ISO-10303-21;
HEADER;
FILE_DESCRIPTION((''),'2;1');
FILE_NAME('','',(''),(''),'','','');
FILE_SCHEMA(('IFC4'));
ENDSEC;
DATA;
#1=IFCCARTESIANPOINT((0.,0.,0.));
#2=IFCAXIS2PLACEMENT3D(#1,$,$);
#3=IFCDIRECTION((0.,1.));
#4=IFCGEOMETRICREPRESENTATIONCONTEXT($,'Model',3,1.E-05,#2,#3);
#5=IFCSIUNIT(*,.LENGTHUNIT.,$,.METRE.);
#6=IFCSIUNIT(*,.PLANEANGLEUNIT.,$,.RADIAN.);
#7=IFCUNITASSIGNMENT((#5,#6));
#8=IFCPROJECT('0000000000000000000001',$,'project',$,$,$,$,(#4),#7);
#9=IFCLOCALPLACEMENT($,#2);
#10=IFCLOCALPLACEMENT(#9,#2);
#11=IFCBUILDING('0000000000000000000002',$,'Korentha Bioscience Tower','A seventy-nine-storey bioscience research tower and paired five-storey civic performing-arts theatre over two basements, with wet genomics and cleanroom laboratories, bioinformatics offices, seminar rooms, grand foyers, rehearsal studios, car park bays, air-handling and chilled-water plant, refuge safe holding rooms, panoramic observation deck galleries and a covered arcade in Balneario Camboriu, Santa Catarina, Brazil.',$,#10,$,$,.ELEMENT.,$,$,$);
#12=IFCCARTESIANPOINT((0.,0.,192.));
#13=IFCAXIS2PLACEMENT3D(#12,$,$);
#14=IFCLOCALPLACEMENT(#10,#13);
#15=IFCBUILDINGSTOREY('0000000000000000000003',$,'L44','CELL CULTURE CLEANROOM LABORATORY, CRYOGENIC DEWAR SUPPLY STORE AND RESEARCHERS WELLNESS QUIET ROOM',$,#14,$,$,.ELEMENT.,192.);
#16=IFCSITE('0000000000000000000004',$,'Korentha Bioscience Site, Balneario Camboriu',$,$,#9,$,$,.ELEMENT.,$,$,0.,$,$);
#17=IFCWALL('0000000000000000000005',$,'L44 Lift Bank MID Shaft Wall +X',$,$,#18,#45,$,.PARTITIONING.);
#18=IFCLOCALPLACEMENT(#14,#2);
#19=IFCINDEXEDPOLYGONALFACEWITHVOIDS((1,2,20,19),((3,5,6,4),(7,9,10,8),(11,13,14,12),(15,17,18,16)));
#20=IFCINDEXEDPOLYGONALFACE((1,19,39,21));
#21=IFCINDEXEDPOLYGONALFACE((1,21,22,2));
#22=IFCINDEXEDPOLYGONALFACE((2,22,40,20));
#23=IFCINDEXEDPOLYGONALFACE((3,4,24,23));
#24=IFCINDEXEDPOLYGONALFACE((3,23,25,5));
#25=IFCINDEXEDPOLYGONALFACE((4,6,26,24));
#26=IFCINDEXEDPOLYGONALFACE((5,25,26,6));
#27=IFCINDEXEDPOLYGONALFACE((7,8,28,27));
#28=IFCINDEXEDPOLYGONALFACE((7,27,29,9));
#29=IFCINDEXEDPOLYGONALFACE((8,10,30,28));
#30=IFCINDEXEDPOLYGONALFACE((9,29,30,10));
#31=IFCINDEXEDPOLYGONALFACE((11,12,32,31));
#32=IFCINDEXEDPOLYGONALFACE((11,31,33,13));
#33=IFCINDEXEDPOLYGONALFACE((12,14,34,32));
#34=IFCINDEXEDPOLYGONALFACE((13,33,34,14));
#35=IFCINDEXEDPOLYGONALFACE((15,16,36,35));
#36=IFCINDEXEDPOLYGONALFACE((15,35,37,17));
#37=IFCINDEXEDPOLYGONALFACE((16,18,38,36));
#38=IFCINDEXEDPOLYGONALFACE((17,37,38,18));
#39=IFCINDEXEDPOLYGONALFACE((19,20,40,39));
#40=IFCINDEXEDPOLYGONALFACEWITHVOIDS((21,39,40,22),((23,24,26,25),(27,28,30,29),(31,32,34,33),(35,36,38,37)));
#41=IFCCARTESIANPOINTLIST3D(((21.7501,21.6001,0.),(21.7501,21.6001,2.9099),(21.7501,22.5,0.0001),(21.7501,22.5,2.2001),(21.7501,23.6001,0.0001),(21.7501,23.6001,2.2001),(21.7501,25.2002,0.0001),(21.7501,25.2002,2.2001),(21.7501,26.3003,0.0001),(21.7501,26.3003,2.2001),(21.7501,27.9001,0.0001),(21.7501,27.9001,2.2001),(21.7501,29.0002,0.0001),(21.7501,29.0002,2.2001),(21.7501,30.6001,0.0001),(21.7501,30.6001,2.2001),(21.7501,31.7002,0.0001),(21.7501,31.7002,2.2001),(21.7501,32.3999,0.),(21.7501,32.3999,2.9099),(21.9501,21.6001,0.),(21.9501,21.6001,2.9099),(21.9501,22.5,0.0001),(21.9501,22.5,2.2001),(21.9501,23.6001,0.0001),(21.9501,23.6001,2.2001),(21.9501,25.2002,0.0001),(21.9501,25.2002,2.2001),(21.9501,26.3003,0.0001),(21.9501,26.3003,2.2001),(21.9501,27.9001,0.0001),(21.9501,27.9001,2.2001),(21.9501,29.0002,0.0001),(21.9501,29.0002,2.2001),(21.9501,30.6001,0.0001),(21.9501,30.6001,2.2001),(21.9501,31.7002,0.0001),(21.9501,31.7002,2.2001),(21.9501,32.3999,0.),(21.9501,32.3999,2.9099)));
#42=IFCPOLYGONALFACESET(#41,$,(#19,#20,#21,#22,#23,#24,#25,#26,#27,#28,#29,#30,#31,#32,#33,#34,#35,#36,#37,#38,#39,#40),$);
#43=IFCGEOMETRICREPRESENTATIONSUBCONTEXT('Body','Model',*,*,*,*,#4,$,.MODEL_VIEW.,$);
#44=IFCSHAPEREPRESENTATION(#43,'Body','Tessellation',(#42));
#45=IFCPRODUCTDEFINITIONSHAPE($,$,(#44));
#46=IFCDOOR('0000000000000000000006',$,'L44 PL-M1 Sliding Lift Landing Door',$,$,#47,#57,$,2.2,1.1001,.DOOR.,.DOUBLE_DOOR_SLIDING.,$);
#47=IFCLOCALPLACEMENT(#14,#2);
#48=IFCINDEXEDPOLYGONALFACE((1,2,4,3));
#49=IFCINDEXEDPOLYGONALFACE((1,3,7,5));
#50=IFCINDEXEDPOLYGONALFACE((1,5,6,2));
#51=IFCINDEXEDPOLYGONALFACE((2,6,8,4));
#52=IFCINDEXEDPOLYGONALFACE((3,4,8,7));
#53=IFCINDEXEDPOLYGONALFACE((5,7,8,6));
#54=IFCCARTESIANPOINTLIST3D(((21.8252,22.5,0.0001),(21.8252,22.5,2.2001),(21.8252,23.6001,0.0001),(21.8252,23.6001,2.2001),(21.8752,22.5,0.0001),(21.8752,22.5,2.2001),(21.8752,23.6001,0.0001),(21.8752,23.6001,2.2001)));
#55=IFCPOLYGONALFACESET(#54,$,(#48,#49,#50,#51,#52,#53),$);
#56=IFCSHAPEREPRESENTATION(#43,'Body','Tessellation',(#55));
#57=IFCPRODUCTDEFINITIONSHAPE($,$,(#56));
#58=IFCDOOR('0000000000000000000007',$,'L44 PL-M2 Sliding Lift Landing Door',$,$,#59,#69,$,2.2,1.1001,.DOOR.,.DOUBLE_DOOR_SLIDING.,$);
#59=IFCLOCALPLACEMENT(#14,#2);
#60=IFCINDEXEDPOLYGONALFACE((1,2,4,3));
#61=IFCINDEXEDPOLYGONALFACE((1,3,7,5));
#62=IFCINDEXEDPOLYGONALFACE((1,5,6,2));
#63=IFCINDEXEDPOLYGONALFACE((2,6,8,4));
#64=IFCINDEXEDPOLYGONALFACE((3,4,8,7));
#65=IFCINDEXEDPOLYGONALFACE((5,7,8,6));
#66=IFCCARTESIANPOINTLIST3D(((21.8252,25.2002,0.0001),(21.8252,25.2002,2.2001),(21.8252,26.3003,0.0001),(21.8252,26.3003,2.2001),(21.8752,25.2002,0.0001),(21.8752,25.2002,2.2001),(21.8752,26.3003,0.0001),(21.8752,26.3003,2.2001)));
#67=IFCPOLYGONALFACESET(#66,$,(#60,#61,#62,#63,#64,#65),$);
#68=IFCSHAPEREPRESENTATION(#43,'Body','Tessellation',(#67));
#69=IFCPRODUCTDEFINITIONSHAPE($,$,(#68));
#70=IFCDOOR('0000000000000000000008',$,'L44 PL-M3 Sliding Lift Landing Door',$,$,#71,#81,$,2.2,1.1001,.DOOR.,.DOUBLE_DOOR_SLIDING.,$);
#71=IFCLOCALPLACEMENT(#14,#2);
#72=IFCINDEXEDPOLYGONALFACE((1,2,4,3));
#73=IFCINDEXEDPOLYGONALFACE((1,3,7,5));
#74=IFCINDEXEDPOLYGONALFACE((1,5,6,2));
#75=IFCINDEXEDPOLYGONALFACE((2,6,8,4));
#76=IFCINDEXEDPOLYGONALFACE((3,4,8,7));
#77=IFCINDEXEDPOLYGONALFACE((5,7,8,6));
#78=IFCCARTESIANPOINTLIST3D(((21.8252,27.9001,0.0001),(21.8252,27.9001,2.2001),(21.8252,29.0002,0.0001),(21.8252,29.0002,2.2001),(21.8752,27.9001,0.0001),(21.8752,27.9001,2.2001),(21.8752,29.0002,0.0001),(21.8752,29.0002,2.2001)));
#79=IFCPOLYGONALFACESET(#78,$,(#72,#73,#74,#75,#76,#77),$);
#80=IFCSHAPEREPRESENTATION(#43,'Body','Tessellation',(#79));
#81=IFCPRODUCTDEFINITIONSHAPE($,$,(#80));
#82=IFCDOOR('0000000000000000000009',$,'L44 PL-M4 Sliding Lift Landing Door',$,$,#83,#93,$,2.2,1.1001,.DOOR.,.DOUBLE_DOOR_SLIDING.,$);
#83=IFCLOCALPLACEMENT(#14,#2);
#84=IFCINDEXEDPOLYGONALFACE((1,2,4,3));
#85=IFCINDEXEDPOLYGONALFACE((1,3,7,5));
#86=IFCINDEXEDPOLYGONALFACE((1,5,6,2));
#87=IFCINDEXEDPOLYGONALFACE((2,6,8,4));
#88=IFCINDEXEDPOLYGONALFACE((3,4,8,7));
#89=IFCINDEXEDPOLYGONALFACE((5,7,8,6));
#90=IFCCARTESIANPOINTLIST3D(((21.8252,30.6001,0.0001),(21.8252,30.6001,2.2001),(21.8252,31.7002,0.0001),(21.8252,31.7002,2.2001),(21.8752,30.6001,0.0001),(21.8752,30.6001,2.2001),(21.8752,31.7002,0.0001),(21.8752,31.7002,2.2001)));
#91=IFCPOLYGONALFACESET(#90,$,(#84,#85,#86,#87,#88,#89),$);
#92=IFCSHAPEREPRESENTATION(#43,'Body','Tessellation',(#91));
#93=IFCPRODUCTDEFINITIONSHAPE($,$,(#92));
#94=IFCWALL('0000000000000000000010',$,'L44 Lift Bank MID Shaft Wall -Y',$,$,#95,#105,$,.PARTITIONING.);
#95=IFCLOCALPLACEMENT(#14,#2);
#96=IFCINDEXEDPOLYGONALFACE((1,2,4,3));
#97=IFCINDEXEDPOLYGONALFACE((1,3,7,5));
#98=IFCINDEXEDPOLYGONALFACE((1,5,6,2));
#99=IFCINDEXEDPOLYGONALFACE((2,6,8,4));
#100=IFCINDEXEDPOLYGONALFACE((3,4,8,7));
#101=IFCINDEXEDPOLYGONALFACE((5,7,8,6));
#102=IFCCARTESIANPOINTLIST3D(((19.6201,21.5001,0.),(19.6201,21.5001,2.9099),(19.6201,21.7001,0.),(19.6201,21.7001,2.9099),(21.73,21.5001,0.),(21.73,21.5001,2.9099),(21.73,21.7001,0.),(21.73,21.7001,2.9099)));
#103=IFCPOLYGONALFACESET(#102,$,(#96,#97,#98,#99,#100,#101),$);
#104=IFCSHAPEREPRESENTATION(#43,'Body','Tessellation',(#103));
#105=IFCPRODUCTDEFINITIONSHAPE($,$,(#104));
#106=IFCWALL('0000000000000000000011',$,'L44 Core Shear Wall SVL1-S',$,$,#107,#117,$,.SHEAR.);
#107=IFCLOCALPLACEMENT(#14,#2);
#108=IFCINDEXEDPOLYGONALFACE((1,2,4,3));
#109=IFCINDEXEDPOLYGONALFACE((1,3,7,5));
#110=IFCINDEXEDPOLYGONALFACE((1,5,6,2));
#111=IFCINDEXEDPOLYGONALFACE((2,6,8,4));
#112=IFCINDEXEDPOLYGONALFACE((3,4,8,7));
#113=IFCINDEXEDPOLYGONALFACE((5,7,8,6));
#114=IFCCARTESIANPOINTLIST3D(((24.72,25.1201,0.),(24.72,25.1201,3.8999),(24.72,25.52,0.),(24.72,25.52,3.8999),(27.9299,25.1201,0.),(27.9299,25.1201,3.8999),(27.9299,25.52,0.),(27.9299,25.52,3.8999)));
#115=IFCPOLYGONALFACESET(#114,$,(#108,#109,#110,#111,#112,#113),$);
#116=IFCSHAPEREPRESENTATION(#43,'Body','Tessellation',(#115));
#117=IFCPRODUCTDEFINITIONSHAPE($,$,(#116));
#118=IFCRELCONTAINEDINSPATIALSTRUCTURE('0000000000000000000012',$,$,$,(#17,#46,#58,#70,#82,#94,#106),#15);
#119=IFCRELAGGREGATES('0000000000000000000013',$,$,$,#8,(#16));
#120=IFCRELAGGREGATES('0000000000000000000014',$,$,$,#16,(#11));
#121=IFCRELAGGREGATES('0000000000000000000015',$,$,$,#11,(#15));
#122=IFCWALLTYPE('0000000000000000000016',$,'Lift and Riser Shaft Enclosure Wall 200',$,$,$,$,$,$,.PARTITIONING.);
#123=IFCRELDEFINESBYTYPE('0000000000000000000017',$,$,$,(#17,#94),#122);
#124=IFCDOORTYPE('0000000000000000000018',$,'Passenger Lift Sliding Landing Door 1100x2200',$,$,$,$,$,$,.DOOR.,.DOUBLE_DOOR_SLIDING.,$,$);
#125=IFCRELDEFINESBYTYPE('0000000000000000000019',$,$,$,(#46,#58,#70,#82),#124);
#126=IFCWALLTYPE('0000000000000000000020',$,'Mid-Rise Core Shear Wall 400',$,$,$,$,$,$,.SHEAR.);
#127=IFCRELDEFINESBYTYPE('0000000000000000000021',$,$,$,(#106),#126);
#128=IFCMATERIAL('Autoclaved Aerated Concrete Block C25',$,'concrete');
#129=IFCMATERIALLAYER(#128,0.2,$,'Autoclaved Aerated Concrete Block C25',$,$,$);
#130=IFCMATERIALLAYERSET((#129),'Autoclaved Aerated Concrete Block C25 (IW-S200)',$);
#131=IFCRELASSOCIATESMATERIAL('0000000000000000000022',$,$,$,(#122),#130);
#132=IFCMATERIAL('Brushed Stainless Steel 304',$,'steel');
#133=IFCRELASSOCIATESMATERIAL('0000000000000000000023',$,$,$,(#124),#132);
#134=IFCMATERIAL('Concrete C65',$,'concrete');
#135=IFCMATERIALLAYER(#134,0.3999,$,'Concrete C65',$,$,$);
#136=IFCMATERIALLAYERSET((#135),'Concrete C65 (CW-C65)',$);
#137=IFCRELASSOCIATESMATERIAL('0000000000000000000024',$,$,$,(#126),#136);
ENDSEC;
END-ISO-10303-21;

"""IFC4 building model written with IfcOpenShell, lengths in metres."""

from ifc_helpers import new_model, si_unit, direction, frame, frame_2d, origin, place, context, subcontext, project, spatial, rectangle, extrude, material, layer, layer_set, type_object, element, fill, save


model = new_model("IFC4")

# Units and contexts
model_context = context("Model", 3, precision=1e-05, world=origin(), true_north=direction((0.0, 1.0)))
body_context = subcontext(model_context, "Body", "Model", "MODEL_VIEW")
ifc_project = project(units=[si_unit("LENGTHUNIT", "METRE"), si_unit("PLANEANGLEUNIT", "RADIAN")], contexts=[model_context])

# Site, building, storey
site_placement = place(None, origin())
site = spatial("IfcSite", under=ifc_project, at=site_placement, Name="Korentha Bioscience Site, Balneario Camboriu", CompositionType="ELEMENT", RefElevation=0.0)
building_placement = place(site_placement, origin())
building = spatial("IfcBuilding", under=site, at=building_placement, Name="Korentha Bioscience Tower", Description="A seventy-nine-storey bioscience research tower and paired five-storey civic performing-arts theatre over two basements, with wet genomics and cleanroom laboratories, bioinformatics offices, seminar rooms, grand foyers, rehearsal studios, car park bays, air-handling and chilled-water plant, refuge safe holding rooms, panoramic observation deck galleries and a covered arcade in Balneario Camboriu, Santa Catarina, Brazil.", CompositionType="ELEMENT")
storey_placement = place(building_placement, frame((0.0, 0.0, 192.0)))
storey = spatial("IfcBuildingStorey", under=building, at=storey_placement, Name="L44", Description="CELL CULTURE CLEANROOM LABORATORY, CRYOGENIC DEWAR SUPPLY STORE AND RESEARCHERS WELLNESS QUIET ROOM", CompositionType="ELEMENT", Elevation=192.0)

# Shared definitions
ifc_material_1 = material(Name="Concrete C65", Category="concrete")

# Shared definitions
ifc_material_2 = material(Name="Autoclaved Aerated Concrete Block C25", Category="concrete")
ifc_layer_1 = layer(ifc_material_2, 0.2, Name="Autoclaved Aerated Concrete Block C25")
ifc_layer_set_1 = layer_set([ifc_layer_1], Name="Autoclaved Aerated Concrete Block C25 (IW-S200)")
wall_type_1 = type_object("IfcWallType", Name="Lift and Riser Shaft Enclosure Wall 200", PredefinedType="PARTITIONING", material=ifc_layer_set_1)

# Wall, openings, doors
wall_1_placement = place(storey_placement, frame((21.8501, 21.6001, 0.0), z_axis=(0.0, 0.0, 1.0), x_axis=(0.0, 1.0, 0.0)))
wall_1 = element("IfcWall", 1, at=wall_1_placement, inside=storey, type_object=wall_type_1, Name="L44 Lift Bank MID Shaft Wall +X", PredefinedType="PARTITIONING", context=body_context, shape_type="SweptSolid", body=[
    extrude(rectangle(XDim=10.7998, YDim=0.2, at=frame_2d((5.3999, 0.0))), origin(), (0.0, 0.0, 1.0), 2.9099),
])
opening_1_placement = place(wall_1_placement, frame((0.8999, 0.0, 0.0)))
opening_1 = element("IfcOpeningElement", 2, at=opening_1_placement, cuts=wall_1, PredefinedType="OPENING", context=body_context, shape_type="SweptSolid", body=[
    extrude(rectangle(XDim=1.1001, YDim=2.2, at=frame_2d((0.55, 1.1001))), frame((0.0, 0.1147, 0.0), z_axis=(0.0, -1.0, 0.0), x_axis=(1.0, 0.0, 0.0)), (0.0, 0.0, 1.0), 0.2297),
])
opening_2_placement = place(wall_1_placement, frame((3.6001, 0.0, 0.0)))
opening_2 = element("IfcOpeningElement", 3, at=opening_2_placement, cuts=wall_1, PredefinedType="OPENING", context=body_context, shape_type="SweptSolid", body=[
    extrude(rectangle(XDim=1.1001, YDim=2.2, at=frame_2d((0.55, 1.1001))), frame((0.0, 0.1147, 0.0), z_axis=(0.0, -1.0, 0.0), x_axis=(1.0, 0.0, 0.0)), (0.0, 0.0, 1.0), 0.2297),
])
opening_3_placement = place(wall_1_placement, frame((6.3, 0.0, 0.0)))
opening_3 = element("IfcOpeningElement", 4, at=opening_3_placement, cuts=wall_1, PredefinedType="OPENING", context=body_context, shape_type="SweptSolid", body=[
    extrude(rectangle(XDim=1.1001, YDim=2.2, at=frame_2d((0.55, 1.1001))), frame((0.0, 0.1147, 0.0), z_axis=(0.0, -1.0, 0.0), x_axis=(1.0, 0.0, 0.0)), (0.0, 0.0, 1.0), 0.2297),
])
opening_4_placement = place(wall_1_placement, frame((9.0, 0.0, 0.0)))
opening_4 = element("IfcOpeningElement", 5, at=opening_4_placement, cuts=wall_1, PredefinedType="OPENING", context=body_context, shape_type="SweptSolid", body=[
    extrude(rectangle(XDim=1.1001, YDim=2.2, at=frame_2d((0.55, 1.1001))), frame((0.0, 0.1147, 0.0), z_axis=(0.0, -1.0, 0.0), x_axis=(1.0, 0.0, 0.0)), (0.0, 0.0, 1.0), 0.2297),
])
ifc_material_3 = material(Name="Brushed Stainless Steel 304", Category="steel")
door_type_1 = type_object("IfcDoorType", Name="Passenger Lift Sliding Landing Door 1100x2200", OperationType="DOUBLE_DOOR_SLIDING", PredefinedType="DOOR", material=ifc_material_3)
door_1_placement = place(opening_1_placement, origin())
door_1 = element("IfcDoor", 6, at=door_1_placement, inside=storey, type_object=door_type_1, Name="L44 PL-M1 Sliding Lift Landing Door", OperationType="DOUBLE_DOOR_SLIDING", OverallHeight=2.2, OverallWidth=1.1001, PredefinedType="DOOR", context=body_context, shape_type="SweptSolid", body=[
    extrude(rectangle(XDim=1.1001, YDim=2.2, at=frame_2d((0.55, 1.1001))), frame((0.0, 0.0249, 0.0), z_axis=(0.0, -1.0, 0.0), x_axis=(1.0, 0.0, 0.0)), (0.0, 0.0, 1.0), 0.05),
])
fill(opening_1, door_1)
door_2_placement = place(opening_2_placement, origin())
door_2 = element("IfcDoor", 7, at=door_2_placement, inside=storey, type_object=door_type_1, Name="L44 PL-M2 Sliding Lift Landing Door", OperationType="DOUBLE_DOOR_SLIDING", OverallHeight=2.2, OverallWidth=1.1001, PredefinedType="DOOR", context=body_context, shape_type="SweptSolid", body=[
    extrude(rectangle(XDim=1.1001, YDim=2.2, at=frame_2d((0.55, 1.1001))), frame((0.0, 0.0249, 0.0), z_axis=(0.0, -1.0, 0.0), x_axis=(1.0, 0.0, 0.0)), (0.0, 0.0, 1.0), 0.05),
])
fill(opening_2, door_2)
door_3_placement = place(opening_3_placement, origin())
door_3 = element("IfcDoor", 8, at=door_3_placement, inside=storey, type_object=door_type_1, Name="L44 PL-M3 Sliding Lift Landing Door", OperationType="DOUBLE_DOOR_SLIDING", OverallHeight=2.2, OverallWidth=1.1001, PredefinedType="DOOR", context=body_context, shape_type="SweptSolid", body=[
    extrude(rectangle(XDim=1.1001, YDim=2.2, at=frame_2d((0.55, 1.1001))), frame((0.0, 0.0249, 0.0), z_axis=(0.0, -1.0, 0.0), x_axis=(1.0, 0.0, 0.0)), (0.0, 0.0, 1.0), 0.05),
])
fill(opening_3, door_3)
door_4_placement = place(opening_4_placement, origin())
door_4 = element("IfcDoor", 9, at=door_4_placement, inside=storey, type_object=door_type_1, Name="L44 PL-M4 Sliding Lift Landing Door", OperationType="DOUBLE_DOOR_SLIDING", OverallHeight=2.2, OverallWidth=1.1001, PredefinedType="DOOR", context=body_context, shape_type="SweptSolid", body=[
    extrude(rectangle(XDim=1.1001, YDim=2.2, at=frame_2d((0.55, 1.1001))), frame((0.0, 0.0249, 0.0), z_axis=(0.0, -1.0, 0.0), x_axis=(1.0, 0.0, 0.0)), (0.0, 0.0, 1.0), 0.05),
])
fill(opening_4, door_4)

# Walls
wall_2_placement = place(storey_placement, frame((19.6201, 21.6001, 0.0), z_axis=(0.0, 0.0, 1.0), x_axis=(1.0, 0.0, 0.0)))
element("IfcWall", 10, at=wall_2_placement, inside=storey, type_object=wall_type_1, Name="L44 Lift Bank MID Shaft Wall -Y", PredefinedType="PARTITIONING", context=body_context, shape_type="SweptSolid", body=[
    extrude(rectangle(XDim=2.1099, YDim=0.2, at=frame_2d((1.0549, 0.0))), origin(), (0.0, 0.0, 1.0), 2.9099),
])
ifc_layer_2 = layer(ifc_material_1, 0.3999, Name="Concrete C65")
ifc_layer_set_2 = layer_set([ifc_layer_2], Name="Concrete C65 (CW-C65)")
wall_type_2 = type_object("IfcWallType", Name="Mid-Rise Core Shear Wall 400", PredefinedType="SHEAR", material=ifc_layer_set_2)
wall_3_placement = place(storey_placement, frame((24.72, 25.3201, 0.0), z_axis=(0.0, 0.0, 1.0), x_axis=(1.0, 0.0, 0.0)))
element("IfcWall", 11, at=wall_3_placement, inside=storey, type_object=wall_type_2, Name="L44 Core Shear Wall SVL1-S", PredefinedType="SHEAR", context=body_context, shape_type="SweptSolid", body=[
    extrude(rectangle(XDim=3.21, YDim=0.3999, at=frame_2d((1.605, 0.0))), origin(), (0.0, 0.0, 1.0), 3.8999),
])

save(model, "model.ifc")
